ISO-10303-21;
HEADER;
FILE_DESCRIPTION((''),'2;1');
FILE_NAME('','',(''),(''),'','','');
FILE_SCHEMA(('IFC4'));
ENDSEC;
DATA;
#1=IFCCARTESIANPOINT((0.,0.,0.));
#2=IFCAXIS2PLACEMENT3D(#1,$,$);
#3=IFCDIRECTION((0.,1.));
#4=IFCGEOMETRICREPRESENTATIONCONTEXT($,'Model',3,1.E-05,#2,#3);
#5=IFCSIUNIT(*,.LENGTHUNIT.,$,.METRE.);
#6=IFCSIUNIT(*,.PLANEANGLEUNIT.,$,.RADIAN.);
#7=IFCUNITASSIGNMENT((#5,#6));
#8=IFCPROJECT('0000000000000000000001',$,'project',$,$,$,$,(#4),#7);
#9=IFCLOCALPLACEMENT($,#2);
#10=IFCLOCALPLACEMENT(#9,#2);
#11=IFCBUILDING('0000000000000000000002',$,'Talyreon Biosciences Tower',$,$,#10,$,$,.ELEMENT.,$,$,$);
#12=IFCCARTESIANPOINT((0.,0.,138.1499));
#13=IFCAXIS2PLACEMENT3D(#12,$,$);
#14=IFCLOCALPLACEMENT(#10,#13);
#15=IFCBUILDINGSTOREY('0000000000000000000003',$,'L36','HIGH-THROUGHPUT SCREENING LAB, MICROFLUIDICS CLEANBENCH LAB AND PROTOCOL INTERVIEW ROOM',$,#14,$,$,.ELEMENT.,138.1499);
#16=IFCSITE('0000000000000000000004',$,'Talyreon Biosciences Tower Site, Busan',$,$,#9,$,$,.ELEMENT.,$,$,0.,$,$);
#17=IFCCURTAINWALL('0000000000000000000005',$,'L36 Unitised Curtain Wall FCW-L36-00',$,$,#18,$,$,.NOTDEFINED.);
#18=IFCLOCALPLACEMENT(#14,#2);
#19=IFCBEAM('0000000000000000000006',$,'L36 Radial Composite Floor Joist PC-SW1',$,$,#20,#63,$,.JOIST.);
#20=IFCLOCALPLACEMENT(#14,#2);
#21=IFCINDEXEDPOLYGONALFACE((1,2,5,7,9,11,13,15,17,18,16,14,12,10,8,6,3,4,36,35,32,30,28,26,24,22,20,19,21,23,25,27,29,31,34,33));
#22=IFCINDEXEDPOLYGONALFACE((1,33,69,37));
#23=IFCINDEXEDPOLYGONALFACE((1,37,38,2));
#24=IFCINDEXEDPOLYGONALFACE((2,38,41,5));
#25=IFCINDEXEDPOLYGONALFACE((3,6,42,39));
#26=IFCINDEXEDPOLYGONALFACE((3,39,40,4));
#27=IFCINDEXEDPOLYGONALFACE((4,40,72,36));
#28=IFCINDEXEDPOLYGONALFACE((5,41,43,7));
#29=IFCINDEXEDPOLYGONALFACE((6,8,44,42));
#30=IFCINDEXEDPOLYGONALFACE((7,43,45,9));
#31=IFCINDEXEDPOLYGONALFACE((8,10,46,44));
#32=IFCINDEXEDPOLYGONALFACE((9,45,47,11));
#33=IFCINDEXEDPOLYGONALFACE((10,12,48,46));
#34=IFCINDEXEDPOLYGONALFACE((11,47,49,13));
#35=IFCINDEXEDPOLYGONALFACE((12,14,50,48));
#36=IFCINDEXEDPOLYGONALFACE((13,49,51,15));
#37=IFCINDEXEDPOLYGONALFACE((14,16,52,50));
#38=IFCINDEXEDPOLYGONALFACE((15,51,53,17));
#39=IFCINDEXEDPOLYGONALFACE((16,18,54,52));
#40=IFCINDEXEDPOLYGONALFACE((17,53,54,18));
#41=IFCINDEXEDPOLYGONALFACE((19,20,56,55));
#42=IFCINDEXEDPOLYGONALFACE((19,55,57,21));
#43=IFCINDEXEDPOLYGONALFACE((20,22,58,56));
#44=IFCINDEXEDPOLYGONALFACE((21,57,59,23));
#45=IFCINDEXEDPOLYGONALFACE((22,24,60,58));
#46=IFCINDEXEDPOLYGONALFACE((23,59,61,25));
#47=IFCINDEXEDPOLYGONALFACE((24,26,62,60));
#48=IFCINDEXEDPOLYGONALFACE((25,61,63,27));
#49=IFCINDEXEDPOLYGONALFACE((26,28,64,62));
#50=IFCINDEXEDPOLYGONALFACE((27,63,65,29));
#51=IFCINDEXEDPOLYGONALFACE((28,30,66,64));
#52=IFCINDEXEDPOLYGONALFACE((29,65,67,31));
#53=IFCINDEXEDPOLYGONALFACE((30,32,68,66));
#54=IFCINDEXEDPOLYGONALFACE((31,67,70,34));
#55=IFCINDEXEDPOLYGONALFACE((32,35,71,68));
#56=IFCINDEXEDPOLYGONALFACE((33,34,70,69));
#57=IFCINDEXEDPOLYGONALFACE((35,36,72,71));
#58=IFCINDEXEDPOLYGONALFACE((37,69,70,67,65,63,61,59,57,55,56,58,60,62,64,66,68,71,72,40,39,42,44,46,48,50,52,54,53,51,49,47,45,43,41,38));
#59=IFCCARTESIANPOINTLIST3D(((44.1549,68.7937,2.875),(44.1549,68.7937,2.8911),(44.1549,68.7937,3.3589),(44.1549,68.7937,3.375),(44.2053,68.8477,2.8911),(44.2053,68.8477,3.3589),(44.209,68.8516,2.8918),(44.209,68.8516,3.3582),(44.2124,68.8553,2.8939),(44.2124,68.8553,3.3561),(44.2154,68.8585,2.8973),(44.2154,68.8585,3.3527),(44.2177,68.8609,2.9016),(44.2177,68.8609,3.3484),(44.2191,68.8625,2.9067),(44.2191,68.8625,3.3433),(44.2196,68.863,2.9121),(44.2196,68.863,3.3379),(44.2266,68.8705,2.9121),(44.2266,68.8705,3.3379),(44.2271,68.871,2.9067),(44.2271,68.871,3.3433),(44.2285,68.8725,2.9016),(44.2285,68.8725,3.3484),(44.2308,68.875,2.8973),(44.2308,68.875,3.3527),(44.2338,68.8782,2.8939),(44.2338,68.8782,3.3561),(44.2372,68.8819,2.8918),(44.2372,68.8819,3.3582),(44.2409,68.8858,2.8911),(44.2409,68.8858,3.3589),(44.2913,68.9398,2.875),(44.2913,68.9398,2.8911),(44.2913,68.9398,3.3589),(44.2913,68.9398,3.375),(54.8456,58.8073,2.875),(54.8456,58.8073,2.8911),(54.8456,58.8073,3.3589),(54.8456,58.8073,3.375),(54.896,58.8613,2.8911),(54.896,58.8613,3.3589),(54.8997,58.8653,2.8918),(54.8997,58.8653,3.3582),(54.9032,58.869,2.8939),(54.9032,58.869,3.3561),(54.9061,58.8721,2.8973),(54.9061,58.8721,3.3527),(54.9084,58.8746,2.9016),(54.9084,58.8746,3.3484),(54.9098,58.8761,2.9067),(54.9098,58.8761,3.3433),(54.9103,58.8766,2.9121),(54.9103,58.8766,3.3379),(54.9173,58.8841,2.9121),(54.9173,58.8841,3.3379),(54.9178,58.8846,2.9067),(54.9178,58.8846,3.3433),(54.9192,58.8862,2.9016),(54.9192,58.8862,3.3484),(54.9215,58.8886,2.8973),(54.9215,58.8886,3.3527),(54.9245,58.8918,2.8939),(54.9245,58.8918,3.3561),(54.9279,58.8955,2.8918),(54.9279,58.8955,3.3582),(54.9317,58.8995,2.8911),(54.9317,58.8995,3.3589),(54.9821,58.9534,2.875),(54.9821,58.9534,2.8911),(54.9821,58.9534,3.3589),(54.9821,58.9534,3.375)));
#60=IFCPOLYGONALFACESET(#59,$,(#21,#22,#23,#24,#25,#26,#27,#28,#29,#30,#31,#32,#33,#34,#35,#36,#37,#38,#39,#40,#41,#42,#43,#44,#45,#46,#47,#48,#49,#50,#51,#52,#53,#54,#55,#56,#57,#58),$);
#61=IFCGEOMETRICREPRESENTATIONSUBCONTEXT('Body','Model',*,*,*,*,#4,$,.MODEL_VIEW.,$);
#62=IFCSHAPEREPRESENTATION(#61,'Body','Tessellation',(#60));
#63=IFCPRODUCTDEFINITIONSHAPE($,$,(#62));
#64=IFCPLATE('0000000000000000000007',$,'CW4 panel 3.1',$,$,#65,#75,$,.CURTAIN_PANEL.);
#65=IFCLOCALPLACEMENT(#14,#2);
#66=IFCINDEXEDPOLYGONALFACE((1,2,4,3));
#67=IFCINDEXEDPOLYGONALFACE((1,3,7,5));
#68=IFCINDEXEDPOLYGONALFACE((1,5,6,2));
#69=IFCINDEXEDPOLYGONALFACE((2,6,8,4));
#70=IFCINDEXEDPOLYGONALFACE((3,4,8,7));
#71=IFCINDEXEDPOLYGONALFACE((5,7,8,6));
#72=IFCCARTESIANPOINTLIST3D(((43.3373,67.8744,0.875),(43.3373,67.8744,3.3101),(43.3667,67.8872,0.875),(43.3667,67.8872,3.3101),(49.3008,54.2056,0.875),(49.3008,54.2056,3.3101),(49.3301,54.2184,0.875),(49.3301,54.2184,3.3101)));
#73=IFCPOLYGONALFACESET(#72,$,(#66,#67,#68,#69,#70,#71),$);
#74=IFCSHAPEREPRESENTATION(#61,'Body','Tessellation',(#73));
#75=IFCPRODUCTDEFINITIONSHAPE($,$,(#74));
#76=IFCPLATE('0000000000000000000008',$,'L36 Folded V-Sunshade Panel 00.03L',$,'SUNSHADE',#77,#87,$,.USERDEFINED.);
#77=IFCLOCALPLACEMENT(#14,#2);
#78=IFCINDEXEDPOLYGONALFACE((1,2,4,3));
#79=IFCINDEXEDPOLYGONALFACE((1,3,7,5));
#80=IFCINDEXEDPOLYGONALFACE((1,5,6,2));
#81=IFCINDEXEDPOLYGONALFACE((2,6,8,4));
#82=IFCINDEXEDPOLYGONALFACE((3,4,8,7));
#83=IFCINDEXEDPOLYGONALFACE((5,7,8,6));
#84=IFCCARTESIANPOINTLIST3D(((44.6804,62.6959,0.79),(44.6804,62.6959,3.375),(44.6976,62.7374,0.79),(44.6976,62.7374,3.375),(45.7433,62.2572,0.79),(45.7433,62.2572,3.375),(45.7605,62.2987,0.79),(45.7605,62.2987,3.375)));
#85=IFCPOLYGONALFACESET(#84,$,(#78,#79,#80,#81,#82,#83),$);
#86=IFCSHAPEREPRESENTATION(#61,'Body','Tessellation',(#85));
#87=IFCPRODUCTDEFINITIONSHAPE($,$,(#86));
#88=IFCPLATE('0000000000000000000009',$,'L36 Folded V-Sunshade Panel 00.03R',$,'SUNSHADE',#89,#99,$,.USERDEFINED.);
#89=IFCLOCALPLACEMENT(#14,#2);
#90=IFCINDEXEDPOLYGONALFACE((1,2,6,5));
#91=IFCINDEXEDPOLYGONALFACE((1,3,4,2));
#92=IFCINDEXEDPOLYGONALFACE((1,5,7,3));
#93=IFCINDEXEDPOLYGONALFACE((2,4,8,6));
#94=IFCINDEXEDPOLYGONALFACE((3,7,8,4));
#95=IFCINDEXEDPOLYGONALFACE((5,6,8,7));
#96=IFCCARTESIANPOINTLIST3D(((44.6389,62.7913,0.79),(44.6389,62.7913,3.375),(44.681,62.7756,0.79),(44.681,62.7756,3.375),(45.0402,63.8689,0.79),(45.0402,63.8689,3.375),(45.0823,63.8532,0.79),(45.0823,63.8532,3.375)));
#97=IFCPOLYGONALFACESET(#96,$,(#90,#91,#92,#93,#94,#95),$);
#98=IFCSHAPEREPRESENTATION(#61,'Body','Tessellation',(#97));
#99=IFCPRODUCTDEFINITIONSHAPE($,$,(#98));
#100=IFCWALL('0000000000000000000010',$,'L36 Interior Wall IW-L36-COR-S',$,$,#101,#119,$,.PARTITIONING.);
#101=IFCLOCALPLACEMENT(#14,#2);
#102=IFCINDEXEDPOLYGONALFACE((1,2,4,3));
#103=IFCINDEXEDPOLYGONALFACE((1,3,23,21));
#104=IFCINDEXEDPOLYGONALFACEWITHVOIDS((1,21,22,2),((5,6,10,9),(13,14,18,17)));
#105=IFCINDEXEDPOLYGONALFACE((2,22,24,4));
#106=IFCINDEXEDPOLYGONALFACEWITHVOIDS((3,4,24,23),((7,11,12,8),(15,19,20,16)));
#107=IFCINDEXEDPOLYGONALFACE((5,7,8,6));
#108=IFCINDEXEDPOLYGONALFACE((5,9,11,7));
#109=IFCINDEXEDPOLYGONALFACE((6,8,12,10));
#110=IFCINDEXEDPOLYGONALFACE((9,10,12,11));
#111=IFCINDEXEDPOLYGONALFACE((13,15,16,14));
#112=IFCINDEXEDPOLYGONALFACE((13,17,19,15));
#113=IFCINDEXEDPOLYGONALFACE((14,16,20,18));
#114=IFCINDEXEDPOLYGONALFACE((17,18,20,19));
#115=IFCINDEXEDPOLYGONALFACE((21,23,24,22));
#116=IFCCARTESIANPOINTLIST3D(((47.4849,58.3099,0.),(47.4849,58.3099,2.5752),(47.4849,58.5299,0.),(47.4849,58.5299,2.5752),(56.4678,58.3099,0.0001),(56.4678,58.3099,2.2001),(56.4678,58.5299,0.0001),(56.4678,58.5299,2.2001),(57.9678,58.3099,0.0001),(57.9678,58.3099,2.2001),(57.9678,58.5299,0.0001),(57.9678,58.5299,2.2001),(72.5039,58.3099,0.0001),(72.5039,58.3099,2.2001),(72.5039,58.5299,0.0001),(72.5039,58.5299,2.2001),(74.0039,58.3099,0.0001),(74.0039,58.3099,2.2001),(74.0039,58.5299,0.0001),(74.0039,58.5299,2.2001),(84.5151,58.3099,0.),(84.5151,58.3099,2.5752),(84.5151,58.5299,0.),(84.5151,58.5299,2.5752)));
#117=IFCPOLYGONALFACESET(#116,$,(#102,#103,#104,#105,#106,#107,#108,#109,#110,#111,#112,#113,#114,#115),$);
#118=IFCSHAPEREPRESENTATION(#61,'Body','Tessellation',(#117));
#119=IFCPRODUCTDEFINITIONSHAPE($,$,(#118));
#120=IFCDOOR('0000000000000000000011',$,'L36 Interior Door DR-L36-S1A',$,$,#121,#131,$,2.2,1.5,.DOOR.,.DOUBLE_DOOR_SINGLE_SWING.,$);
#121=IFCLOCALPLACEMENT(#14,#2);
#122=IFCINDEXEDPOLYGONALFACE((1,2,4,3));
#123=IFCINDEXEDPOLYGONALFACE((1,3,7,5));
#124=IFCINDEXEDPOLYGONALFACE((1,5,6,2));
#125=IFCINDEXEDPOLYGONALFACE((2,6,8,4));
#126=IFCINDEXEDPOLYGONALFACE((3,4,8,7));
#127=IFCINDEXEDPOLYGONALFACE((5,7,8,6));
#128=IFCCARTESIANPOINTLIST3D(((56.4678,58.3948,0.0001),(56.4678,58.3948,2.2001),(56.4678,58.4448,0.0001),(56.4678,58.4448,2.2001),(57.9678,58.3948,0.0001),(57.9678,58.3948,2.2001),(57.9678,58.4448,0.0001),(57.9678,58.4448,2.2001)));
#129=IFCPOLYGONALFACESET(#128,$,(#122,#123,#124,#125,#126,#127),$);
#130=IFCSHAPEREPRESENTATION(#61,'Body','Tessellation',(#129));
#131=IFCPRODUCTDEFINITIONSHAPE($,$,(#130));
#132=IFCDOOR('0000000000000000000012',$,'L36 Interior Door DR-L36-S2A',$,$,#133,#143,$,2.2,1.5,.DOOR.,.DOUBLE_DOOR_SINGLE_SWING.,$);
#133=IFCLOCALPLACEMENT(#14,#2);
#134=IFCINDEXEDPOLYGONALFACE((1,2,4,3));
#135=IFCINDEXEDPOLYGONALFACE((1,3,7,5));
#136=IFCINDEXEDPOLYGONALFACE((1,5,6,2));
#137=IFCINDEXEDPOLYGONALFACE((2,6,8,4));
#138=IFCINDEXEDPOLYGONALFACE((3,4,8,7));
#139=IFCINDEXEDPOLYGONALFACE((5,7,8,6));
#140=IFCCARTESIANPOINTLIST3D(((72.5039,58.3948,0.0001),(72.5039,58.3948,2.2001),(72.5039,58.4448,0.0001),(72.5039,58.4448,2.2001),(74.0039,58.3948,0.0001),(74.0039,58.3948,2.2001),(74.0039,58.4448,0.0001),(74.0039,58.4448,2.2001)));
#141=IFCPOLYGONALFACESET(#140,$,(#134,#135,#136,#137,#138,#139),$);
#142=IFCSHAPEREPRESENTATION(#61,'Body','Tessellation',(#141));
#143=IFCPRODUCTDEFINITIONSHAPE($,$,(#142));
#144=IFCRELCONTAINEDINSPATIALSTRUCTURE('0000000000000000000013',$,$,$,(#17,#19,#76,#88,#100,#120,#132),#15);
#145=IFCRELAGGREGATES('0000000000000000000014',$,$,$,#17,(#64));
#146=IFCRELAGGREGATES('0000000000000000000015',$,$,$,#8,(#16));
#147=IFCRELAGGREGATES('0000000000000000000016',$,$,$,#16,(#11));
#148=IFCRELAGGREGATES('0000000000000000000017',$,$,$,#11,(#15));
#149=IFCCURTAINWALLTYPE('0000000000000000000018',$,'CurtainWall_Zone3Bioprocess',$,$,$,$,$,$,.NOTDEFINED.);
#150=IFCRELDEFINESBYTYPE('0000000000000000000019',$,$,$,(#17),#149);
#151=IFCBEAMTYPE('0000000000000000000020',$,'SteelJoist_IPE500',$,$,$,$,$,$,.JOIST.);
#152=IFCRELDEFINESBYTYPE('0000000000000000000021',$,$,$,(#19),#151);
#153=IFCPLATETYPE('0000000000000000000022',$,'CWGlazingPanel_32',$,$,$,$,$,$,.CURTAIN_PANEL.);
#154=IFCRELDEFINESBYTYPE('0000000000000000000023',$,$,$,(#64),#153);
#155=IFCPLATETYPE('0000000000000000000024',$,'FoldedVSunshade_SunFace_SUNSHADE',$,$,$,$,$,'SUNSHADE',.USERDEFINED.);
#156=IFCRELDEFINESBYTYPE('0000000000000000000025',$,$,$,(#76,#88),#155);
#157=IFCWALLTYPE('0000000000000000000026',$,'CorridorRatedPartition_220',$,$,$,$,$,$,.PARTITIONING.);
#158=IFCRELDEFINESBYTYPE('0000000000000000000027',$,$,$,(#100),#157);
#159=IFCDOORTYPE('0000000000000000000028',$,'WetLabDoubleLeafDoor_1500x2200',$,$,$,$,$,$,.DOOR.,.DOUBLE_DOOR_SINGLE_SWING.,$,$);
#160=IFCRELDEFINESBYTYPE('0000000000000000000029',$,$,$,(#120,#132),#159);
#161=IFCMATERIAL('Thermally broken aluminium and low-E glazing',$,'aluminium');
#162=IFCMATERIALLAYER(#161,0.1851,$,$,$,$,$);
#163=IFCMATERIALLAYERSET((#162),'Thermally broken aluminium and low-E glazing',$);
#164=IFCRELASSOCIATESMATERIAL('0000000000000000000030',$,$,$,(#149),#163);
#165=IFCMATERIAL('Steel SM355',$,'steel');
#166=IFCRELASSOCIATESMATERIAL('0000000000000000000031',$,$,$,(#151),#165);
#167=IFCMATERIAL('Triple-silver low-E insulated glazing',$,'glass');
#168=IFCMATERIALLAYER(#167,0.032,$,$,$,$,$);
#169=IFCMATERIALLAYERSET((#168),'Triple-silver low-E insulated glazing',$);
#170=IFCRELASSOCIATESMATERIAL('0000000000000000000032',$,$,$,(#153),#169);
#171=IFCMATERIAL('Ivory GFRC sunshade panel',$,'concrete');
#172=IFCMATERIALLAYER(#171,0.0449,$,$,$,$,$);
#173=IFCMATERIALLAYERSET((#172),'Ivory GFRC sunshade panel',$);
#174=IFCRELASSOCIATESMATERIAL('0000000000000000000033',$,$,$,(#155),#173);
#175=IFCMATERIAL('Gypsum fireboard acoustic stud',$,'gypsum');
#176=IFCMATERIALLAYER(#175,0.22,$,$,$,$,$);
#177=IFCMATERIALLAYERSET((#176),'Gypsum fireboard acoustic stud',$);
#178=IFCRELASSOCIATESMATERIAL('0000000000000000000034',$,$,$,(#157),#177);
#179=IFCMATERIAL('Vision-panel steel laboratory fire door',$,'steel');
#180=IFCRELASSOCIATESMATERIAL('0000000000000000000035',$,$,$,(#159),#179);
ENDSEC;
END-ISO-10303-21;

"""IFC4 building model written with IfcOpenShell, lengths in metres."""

from ifc_helpers import new_model, si_unit, direction, frame, frame_2d, origin, origin_2d, place, context, subcontext, project, spatial, rectangle, i_section, extrude, material, layer, layer_set, material_profile, profile_set, type_object, element, fill, aggregate, save


model = new_model("IFC4")

# Units and contexts
model_context = context("Model", 3, precision=1e-05, world=origin(), true_north=direction((0.0, 1.0)))
body_context = subcontext(model_context, "Body", "Model", "MODEL_VIEW")
ifc_project = project(units=[si_unit("LENGTHUNIT", "METRE"), si_unit("PLANEANGLEUNIT", "RADIAN")], contexts=[model_context])

# Site, building, storey
site_placement = place(None, origin())
site = spatial("IfcSite", under=ifc_project, at=site_placement, Name="Talyreon Biosciences Tower Site, Busan", CompositionType="ELEMENT", RefElevation=0.0)
building_placement = place(site_placement, origin())
building = spatial("IfcBuilding", under=site, at=building_placement, Name="Talyreon Biosciences Tower", CompositionType="ELEMENT")
storey_placement = place(building_placement, frame((0.0, 0.0, 138.1499)))
storey = spatial("IfcBuildingStorey", under=building, at=storey_placement, Name="L36", Description="HIGH-THROUGHPUT SCREENING LAB, MICROFLUIDICS CLEANBENCH LAB AND PROTOCOL INTERVIEW ROOM", CompositionType="ELEMENT", Elevation=138.1499)

# Curtain wall
ifc_material_1 = material(Name="Thermally broken aluminium and low-E glazing", Category="aluminium")
ifc_layer_1 = layer(ifc_material_1, 0.1851)
ifc_layer_set_1 = layer_set([ifc_layer_1], Name="Thermally broken aluminium and low-E glazing")
curtain_wall_type = type_object("IfcCurtainWallType", Name="CurtainWall_Zone3Bioprocess", PredefinedType="NOTDEFINED", material=ifc_layer_set_1)
curtain_wall_placement = place(storey_placement, origin())
curtain_wall = element("IfcCurtainWall", 1, at=curtain_wall_placement, inside=storey, type_object=curtain_wall_type, Name="L36 Unitised Curtain Wall FCW-L36-00", PredefinedType="NOTDEFINED")

# Beam
ifc_material_2 = material(Name="Steel SM355", Category="steel")
ifc_material_profile_1 = material_profile(ifc_material_2, i_section(OverallWidth=0.2, OverallDepth=0.5, WebThickness=0.0103, FlangeThickness=0.0161, FilletRadius=0.021, at=origin_2d()), Name="IPE500")
ifc_profile_set_1 = profile_set([ifc_material_profile_1], Name="Steel SM355")
beam_type_1 = type_object("IfcBeamType", Name="SteelJoist_IPE500", PredefinedType="JOIST", material=ifc_profile_set_1)
beam_1_placement = place(storey_placement, frame((54.9138, 58.8804, 3.125), z_axis=(-0.73077, 0.682624, 0.0), x_axis=(-0.682624, -0.73077, 0.0)))
element("IfcBeam", 2, at=beam_1_placement, inside=storey, type_object=beam_type_1, Name="L36 Radial Composite Floor Joist PC-SW1", PredefinedType="JOIST", context=body_context, shape_type="SweptSolid", body=[
    extrude(i_section(OverallWidth=0.2, OverallDepth=0.5, WebThickness=0.0103, FlangeThickness=0.0161, FilletRadius=0.021, at=origin_2d()), origin(), (0.0, 0.0, 1.0), 14.6294),
])

# Plate
ifc_material_3 = material(Name="Triple-silver low-E insulated glazing", Category="glass")
ifc_layer_2 = layer(ifc_material_3, 0.032)
ifc_layer_set_2 = layer_set([ifc_layer_2], Name="Triple-silver low-E insulated glazing")
plate_type_1 = type_object("IfcPlateType", Name="CWGlazingPanel_32", PredefinedType="CURTAIN_PANEL", material=ifc_layer_set_2)
plate_placement = place(storey_placement, frame((46.3337, 61.0464, 0.875), z_axis=(0.0, 0.0, 1.0), x_axis=(-0.399882, 0.916566, 0.0)))
plate = element("IfcPlate", 3, at=plate_placement, type_object=plate_type_1, Name="CW4 panel 3.1", PredefinedType="CURTAIN_PANEL", context=body_context, shape_type="SweptSolid", body=[
    extrude(rectangle(XDim=14.9131, YDim=0.032, at=origin_2d()), origin(), (0.0, 0.0, 1.0), 2.4351),
])
aggregate(curtain_wall, [plate])

# Plates
ifc_material_4 = material(Name="Ivory GFRC sunshade panel", Category="concrete")
ifc_layer_3 = layer(ifc_material_4, 0.0449)
ifc_layer_set_3 = layer_set([ifc_layer_3], Name="Ivory GFRC sunshade panel")
plate_type_2 = type_object("IfcPlateType", Name="FoldedVSunshade_SunFace_SUNSHADE", ElementType="SUNSHADE", PredefinedType="USERDEFINED", material=ifc_layer_set_3)
for number, where, z_axis, x_axis, name in (
    (4, (45.2205, 62.4973, 0.79), (0.0, 0.0, 1.0), (-0.924353, 0.381538, 0.0), "L36 Folded V-Sunshade Panel 00.03L"),
    (5, (44.8606, 63.3223, 0.79), (0.0, 0.0, 1.0), (0.349046, 0.937105, 0.0), "L36 Folded V-Sunshade Panel 00.03R"),
):
    element("IfcPlate", number, at=place(storey_placement, frame(where, z_axis=z_axis, x_axis=x_axis)), inside=storey, type_object=plate_type_2, Name=name, ObjectType="SUNSHADE", PredefinedType="USERDEFINED", context=body_context, shape_type="SweptSolid", body=[
        extrude(rectangle(XDim=1.1499, YDim=0.0449, at=origin_2d()), origin(), (0.0, 0.0, 1.0), 2.585),
    ])

# Wall, openings, doors
ifc_material_5 = material(Name="Gypsum fireboard acoustic stud", Category="gypsum")
ifc_layer_4 = layer(ifc_material_5, 0.22)
ifc_layer_set_4 = layer_set([ifc_layer_4], Name="Gypsum fireboard acoustic stud")
wall_type = type_object("IfcWallType", Name="CorridorRatedPartition_220", PredefinedType="PARTITIONING", material=ifc_layer_set_4)
wall_placement = place(storey_placement, frame((47.4849, 58.4199, 0.0), z_axis=(0.0, 0.0, 1.0), x_axis=(1.0, 0.0, 0.0)))
wall = element("IfcWall", 6, at=wall_placement, inside=storey, type_object=wall_type, Name="L36 Interior Wall IW-L36-COR-S", PredefinedType="PARTITIONING", context=body_context, shape_type="SweptSolid", body=[
    extrude(rectangle(XDim=37.0303, YDim=0.22, at=frame_2d((18.5151, 0.0))), origin(), (0.0, 0.0, 1.0), 2.5752),
])
opening_1_placement = place(wall_placement, frame((8.9829, 0.0, 0.0)))
opening_1 = element("IfcOpeningElement", 7, at=opening_1_placement, cuts=wall, PredefinedType="OPENING", context=body_context, shape_type="SweptSolid", body=[
    extrude(rectangle(XDim=1.5, YDim=2.2, at=frame_2d((0.75, 1.1001))), frame((0.0, 0.1199, 0.0), z_axis=(0.0, -1.0, 0.0), x_axis=(1.0, 0.0, 0.0)), (0.0, 0.0, 1.0), 0.24),
])
opening_2_placement = place(wall_placement, frame((25.019, 0.0, 0.0)))
opening_2 = element("IfcOpeningElement", 8, at=opening_2_placement, cuts=wall, PredefinedType="OPENING", context=body_context, shape_type="SweptSolid", body=[
    extrude(rectangle(XDim=1.5, YDim=2.2, at=frame_2d((0.75, 1.1001))), frame((0.0, 0.1199, 0.0), z_axis=(0.0, -1.0, 0.0), x_axis=(1.0, 0.0, 0.0)), (0.0, 0.0, 1.0), 0.24),
])
ifc_material_6 = material(Name="Vision-panel steel laboratory fire door", Category="steel")
door_type = type_object("IfcDoorType", Name="WetLabDoubleLeafDoor_1500x2200", OperationType="DOUBLE_DOOR_SINGLE_SWING", PredefinedType="DOOR", material=ifc_material_6)
door_1_placement = place(opening_1_placement, origin())
door_1 = element("IfcDoor", 9, at=door_1_placement, inside=storey, type_object=door_type, Name="L36 Interior Door DR-L36-S1A", OperationType="DOUBLE_DOOR_SINGLE_SWING", OverallHeight=2.2, OverallWidth=1.5, PredefinedType="DOOR", context=body_context, shape_type="SweptSolid", body=[
    extrude(rectangle(XDim=1.5, YDim=2.2, at=frame_2d((0.75, 1.1001))), frame((0.0, 0.0249, 0.0), z_axis=(0.0, -1.0, 0.0), x_axis=(1.0, 0.0, 0.0)), (0.0, 0.0, 1.0), 0.05),
])
fill(opening_1, door_1)
door_2_placement = place(opening_2_placement, origin())
door_2 = element("IfcDoor", 10, at=door_2_placement, inside=storey, type_object=door_type, Name="L36 Interior Door DR-L36-S2A", OperationType="DOUBLE_DOOR_SINGLE_SWING", OverallHeight=2.2, OverallWidth=1.5, PredefinedType="DOOR", context=body_context, shape_type="SweptSolid", body=[
    extrude(rectangle(XDim=1.5, YDim=2.2, at=frame_2d((0.75, 1.1001))), frame((0.0, 0.0249, 0.0), z_axis=(0.0, -1.0, 0.0), x_axis=(1.0, 0.0, 0.0)), (0.0, 0.0, 1.0), 0.05),
])
fill(opening_2, door_2)

save(model, "model.ifc")
